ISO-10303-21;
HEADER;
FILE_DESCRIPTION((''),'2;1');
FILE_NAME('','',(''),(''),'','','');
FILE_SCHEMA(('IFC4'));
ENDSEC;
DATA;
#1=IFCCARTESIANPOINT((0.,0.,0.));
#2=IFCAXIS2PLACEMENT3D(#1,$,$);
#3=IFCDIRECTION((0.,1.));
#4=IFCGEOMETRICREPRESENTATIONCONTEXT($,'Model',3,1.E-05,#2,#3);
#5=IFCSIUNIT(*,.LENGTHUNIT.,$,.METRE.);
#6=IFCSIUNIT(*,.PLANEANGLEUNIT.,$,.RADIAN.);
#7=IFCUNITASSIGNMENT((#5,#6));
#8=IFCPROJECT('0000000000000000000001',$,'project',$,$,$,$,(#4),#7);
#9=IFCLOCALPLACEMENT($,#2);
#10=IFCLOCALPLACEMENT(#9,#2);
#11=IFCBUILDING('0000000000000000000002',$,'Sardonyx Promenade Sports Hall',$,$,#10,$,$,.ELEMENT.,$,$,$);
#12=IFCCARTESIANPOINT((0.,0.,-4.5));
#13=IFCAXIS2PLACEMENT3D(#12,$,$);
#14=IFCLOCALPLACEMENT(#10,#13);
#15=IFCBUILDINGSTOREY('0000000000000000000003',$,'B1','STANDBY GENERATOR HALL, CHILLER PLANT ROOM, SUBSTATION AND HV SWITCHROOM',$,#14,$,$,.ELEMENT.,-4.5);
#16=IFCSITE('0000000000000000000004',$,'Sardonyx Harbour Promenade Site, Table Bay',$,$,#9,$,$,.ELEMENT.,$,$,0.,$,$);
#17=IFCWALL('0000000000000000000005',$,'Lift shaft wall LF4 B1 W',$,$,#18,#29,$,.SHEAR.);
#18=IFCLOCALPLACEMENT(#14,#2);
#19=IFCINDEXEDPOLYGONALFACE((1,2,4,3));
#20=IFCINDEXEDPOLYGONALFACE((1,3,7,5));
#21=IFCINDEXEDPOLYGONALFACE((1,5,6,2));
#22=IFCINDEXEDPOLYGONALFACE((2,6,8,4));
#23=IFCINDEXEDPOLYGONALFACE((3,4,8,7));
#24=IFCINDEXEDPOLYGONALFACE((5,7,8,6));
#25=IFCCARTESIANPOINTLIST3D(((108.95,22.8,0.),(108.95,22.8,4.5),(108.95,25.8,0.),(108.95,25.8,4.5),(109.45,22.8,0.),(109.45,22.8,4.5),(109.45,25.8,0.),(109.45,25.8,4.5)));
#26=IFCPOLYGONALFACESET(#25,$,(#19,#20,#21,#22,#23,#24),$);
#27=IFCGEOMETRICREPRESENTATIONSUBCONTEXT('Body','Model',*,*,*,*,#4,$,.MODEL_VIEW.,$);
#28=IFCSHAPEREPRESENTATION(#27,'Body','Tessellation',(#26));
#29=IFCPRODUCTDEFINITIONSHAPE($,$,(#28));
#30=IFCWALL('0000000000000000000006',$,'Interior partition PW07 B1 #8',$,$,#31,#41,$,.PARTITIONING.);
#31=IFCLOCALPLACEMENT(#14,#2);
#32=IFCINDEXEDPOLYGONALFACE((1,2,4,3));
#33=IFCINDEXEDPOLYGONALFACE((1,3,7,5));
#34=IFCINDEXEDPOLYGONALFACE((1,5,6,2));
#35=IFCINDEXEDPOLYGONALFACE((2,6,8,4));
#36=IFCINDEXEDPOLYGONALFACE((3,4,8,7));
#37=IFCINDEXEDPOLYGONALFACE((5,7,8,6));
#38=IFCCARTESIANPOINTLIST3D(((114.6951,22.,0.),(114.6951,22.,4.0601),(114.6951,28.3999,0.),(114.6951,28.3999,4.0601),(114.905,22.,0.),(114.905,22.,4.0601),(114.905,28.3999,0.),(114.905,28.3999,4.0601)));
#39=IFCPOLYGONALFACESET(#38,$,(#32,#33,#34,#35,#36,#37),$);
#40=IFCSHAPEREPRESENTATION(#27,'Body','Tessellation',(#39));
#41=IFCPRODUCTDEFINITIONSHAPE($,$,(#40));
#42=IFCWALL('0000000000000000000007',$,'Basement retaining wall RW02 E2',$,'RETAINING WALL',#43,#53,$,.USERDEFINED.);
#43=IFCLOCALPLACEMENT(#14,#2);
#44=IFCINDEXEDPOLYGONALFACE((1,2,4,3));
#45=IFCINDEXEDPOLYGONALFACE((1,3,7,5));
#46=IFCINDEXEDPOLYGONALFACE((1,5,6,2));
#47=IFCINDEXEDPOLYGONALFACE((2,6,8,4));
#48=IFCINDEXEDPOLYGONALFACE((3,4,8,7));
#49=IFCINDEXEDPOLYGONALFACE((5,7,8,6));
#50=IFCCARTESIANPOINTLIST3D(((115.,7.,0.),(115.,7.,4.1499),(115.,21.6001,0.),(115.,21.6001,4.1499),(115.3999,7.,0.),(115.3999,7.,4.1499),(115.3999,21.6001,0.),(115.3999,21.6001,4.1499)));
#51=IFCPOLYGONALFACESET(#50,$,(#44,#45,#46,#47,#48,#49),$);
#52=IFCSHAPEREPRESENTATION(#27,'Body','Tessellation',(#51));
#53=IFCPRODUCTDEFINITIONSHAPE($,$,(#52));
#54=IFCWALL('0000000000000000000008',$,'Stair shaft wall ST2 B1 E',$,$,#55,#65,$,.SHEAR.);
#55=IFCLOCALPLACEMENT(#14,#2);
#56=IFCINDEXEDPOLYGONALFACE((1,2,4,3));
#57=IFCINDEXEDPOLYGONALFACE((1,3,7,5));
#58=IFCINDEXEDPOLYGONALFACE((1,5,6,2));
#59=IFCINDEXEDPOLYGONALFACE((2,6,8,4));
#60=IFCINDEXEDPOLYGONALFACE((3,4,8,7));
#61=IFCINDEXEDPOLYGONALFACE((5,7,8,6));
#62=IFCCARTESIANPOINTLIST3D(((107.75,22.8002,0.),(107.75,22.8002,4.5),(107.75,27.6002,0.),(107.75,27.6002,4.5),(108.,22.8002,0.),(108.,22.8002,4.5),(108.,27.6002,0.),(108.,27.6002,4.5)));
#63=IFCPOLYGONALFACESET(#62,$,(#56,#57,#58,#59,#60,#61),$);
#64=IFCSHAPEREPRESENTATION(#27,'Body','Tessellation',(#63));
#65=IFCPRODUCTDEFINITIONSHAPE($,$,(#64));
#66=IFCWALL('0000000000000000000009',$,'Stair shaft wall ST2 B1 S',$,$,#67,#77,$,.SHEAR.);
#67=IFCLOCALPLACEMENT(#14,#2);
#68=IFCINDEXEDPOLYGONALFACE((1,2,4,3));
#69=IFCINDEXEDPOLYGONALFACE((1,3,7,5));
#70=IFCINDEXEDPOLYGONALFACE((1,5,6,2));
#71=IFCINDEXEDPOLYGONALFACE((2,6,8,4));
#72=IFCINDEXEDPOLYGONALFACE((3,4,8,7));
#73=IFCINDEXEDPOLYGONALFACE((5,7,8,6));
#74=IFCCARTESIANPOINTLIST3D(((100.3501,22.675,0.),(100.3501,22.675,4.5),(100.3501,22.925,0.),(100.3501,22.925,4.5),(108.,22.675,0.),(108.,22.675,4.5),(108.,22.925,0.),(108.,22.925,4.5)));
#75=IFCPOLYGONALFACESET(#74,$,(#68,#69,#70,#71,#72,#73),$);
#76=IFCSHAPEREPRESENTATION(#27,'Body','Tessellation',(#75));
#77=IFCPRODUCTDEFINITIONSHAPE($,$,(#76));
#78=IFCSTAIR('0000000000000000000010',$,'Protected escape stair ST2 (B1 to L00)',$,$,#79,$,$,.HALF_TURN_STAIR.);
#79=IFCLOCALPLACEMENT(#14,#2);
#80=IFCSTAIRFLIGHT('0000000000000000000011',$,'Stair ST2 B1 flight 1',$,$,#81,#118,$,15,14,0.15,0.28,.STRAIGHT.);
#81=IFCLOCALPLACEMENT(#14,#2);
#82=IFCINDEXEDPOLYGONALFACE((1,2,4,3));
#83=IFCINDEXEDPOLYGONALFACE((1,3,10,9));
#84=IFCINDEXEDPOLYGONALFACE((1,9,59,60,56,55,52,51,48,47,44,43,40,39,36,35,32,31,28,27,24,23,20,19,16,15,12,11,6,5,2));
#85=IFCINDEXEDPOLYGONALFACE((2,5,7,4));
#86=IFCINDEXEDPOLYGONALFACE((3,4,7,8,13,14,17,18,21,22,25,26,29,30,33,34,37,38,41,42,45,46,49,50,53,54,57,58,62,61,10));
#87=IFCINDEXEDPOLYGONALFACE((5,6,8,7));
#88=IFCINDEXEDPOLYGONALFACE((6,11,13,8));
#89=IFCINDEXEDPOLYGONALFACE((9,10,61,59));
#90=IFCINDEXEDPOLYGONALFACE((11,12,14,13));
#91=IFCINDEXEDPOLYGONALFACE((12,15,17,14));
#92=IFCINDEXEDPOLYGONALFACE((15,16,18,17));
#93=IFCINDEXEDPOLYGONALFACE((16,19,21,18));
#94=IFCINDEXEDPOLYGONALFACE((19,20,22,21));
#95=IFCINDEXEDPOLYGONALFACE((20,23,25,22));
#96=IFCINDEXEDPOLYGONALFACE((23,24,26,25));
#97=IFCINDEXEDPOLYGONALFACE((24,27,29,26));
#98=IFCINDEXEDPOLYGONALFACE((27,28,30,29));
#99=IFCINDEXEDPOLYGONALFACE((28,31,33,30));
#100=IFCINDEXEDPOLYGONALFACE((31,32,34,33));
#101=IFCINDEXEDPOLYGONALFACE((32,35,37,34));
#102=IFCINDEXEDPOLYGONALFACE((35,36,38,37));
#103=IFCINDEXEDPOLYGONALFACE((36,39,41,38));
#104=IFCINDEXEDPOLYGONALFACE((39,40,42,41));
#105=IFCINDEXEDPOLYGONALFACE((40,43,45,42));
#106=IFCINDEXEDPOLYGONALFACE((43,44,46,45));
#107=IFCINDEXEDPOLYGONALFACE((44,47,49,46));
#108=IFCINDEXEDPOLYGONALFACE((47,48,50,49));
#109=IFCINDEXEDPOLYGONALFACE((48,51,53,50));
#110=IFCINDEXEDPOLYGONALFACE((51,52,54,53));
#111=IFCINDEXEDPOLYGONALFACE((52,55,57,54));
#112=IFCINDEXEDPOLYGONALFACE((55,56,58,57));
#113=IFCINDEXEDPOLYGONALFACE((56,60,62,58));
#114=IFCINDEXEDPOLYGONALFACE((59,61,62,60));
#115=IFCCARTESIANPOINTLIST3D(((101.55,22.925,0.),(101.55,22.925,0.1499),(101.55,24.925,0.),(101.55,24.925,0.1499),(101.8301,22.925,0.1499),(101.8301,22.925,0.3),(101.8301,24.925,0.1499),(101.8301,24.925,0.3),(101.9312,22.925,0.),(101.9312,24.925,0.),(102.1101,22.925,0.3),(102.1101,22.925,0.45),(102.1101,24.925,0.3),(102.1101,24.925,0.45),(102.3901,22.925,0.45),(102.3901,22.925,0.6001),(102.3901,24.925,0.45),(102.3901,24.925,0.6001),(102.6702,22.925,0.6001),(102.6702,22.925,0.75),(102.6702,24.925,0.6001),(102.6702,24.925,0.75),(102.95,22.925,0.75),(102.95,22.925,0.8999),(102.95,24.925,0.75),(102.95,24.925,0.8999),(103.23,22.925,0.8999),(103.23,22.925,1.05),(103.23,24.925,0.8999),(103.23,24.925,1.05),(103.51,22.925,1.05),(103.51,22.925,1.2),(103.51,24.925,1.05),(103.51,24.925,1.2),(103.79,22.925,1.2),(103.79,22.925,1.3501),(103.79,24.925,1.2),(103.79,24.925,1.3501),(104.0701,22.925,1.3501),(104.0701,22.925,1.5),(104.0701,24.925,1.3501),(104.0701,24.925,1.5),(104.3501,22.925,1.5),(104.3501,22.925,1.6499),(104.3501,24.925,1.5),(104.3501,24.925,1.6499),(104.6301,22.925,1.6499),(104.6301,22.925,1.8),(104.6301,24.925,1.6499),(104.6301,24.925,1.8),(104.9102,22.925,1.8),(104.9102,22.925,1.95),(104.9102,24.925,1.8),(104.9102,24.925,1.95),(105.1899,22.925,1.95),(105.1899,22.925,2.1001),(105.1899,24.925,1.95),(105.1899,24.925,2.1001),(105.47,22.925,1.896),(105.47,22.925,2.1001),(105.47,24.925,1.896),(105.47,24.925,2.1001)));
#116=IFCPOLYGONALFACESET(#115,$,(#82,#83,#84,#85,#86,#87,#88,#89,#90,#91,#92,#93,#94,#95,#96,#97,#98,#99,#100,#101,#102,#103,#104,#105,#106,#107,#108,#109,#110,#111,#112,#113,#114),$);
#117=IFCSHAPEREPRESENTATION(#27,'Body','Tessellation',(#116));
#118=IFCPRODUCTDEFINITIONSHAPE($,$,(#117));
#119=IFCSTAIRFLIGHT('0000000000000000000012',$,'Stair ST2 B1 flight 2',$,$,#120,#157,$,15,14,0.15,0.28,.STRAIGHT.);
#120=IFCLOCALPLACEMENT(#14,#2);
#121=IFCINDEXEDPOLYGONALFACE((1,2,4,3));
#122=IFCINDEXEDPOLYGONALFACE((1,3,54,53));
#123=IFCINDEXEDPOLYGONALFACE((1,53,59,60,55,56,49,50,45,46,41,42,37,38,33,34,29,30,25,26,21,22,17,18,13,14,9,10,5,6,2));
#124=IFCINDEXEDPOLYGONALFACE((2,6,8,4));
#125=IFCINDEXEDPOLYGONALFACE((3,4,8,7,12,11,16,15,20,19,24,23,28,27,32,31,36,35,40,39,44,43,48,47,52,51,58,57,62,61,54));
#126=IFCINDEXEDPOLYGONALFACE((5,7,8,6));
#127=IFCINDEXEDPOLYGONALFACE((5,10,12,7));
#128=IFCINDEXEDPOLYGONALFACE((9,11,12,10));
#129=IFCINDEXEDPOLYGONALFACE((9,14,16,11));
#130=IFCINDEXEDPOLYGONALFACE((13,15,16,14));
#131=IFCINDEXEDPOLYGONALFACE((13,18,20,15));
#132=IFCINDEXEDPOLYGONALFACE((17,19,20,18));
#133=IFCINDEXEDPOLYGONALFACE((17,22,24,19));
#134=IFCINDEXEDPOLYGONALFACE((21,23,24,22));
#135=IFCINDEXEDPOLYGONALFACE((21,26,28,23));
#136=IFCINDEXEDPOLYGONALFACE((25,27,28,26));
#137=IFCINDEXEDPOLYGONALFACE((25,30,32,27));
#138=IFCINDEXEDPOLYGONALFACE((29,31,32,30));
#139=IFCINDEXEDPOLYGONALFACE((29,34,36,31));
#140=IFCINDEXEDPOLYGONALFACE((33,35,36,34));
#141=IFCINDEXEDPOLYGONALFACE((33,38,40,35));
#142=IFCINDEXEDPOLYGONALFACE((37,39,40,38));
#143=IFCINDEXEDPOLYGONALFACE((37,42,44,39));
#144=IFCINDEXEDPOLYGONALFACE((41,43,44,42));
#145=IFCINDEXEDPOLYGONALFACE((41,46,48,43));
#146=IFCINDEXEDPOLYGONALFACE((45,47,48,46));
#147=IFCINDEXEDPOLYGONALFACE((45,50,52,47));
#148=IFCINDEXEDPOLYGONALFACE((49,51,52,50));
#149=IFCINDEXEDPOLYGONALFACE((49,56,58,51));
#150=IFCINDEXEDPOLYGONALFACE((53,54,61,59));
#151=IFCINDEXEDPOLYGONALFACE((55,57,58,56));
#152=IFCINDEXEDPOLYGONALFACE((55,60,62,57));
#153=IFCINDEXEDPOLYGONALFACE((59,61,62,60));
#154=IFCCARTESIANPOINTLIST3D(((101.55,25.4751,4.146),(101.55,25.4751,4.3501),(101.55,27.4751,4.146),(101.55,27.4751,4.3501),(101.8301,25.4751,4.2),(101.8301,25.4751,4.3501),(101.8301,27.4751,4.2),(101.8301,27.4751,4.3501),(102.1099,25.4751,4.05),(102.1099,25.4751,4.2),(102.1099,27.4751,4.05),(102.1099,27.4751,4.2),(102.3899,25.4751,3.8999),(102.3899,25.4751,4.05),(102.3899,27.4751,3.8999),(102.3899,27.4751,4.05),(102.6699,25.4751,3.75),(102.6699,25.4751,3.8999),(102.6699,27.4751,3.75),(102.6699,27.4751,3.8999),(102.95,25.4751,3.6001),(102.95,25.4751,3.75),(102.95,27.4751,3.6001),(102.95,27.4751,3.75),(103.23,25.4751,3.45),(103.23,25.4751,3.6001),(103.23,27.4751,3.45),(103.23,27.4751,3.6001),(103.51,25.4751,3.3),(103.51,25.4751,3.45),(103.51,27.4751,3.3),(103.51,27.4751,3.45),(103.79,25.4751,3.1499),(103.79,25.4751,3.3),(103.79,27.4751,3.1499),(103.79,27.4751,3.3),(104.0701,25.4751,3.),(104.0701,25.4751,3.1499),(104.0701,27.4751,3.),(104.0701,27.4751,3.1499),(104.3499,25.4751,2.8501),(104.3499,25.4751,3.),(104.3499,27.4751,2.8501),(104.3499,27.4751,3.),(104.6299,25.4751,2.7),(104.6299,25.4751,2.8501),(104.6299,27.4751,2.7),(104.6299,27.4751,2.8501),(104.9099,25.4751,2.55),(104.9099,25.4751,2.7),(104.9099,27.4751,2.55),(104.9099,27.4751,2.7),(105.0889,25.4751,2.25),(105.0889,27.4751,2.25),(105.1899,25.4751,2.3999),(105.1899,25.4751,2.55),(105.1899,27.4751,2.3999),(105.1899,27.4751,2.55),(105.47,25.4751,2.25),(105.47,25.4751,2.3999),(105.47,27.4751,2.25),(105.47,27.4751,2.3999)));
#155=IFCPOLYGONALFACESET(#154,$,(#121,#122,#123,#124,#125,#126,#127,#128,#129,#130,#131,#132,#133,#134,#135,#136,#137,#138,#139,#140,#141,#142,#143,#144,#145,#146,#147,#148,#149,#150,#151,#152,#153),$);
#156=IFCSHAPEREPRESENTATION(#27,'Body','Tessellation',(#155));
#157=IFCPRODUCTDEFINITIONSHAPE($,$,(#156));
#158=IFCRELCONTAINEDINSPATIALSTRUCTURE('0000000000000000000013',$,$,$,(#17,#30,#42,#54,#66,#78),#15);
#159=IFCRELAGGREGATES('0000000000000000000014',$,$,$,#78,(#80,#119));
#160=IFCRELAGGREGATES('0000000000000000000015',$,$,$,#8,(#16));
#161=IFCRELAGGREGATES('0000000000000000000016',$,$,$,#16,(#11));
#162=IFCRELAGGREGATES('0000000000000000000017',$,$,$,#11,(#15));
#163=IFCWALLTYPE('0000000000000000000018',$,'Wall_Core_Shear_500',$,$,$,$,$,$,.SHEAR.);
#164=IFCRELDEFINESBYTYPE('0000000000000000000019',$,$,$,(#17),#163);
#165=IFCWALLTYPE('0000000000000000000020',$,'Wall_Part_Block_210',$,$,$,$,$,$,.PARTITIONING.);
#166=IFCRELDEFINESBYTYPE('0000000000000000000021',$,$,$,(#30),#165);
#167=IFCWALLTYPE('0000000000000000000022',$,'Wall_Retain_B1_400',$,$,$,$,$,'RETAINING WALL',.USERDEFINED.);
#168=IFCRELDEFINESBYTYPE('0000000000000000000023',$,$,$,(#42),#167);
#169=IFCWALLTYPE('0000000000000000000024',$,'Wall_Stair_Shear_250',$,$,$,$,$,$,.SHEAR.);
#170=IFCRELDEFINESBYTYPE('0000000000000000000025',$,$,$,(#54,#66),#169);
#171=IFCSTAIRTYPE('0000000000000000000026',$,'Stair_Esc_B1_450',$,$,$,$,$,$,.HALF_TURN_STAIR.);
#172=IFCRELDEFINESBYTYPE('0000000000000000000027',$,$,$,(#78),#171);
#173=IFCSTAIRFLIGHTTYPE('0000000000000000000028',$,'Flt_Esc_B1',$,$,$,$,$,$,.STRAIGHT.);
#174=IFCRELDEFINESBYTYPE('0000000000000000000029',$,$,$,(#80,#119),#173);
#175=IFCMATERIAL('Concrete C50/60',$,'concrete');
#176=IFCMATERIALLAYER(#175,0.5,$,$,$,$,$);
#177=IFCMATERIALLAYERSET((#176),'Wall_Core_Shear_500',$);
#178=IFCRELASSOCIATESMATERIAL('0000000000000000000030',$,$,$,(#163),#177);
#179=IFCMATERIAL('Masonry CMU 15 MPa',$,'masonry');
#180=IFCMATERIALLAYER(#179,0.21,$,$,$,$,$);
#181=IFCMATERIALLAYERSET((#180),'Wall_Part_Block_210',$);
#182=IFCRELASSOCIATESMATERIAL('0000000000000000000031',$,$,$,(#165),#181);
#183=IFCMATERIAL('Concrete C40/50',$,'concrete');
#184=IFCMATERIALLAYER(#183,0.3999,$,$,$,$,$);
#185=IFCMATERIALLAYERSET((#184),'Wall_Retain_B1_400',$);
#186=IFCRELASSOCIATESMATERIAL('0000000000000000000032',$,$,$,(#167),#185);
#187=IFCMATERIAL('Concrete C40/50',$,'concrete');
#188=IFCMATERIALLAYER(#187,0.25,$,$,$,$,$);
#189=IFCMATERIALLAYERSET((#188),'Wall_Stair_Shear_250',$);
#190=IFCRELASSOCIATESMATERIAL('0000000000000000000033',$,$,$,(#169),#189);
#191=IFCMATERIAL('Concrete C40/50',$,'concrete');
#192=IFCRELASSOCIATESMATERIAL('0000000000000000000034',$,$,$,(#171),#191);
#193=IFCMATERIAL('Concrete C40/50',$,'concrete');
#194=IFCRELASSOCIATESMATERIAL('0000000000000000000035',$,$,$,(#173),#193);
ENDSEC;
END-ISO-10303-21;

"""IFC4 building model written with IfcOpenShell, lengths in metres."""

from ifc_helpers import new_model, si_unit, direction, frame, frame_2d, origin, place, context, subcontext, project, spatial, polyline, rectangle, outline, extrude, material, layer, layer_set, type_object, element, aggregate, save


model = new_model("IFC4")

# Units and contexts
model_context = context("Model", 3, precision=1e-05, world=origin(), true_north=direction((0.0, 1.0)))
body_context = subcontext(model_context, "Body", "Model", "MODEL_VIEW")
ifc_project = project(units=[si_unit("LENGTHUNIT", "METRE"), si_unit("PLANEANGLEUNIT", "RADIAN")], contexts=[model_context])

# Site, building, storey
site_placement = place(None, origin())
site = spatial("IfcSite", under=ifc_project, at=site_placement, Name="Sardonyx Harbour Promenade Site, Table Bay", CompositionType="ELEMENT", RefElevation=0.0)
building_placement = place(site_placement, origin())
building = spatial("IfcBuilding", under=site, at=building_placement, Name="Sardonyx Promenade Sports Hall", CompositionType="ELEMENT")
storey_placement = place(building_placement, frame((0.0, 0.0, -4.5)))
storey = spatial("IfcBuildingStorey", under=building, at=storey_placement, Name="B1", Description="STANDBY GENERATOR HALL, CHILLER PLANT ROOM, SUBSTATION AND HV SWITCHROOM", CompositionType="ELEMENT", Elevation=-4.5)

# Walls
ifc_material_1 = material(Name="Concrete C50/60", Category="concrete")
ifc_layer_1 = layer(ifc_material_1, 0.5)
ifc_layer_set_1 = layer_set([ifc_layer_1], Name="Wall_Core_Shear_500")
wall_type_1 = type_object("IfcWallType", Name="Wall_Core_Shear_500", PredefinedType="SHEAR", material=ifc_layer_set_1)
wall_1_placement = place(storey_placement, frame((109.2, 25.8, 0.0), z_axis=(0.0, 0.0, 1.0), x_axis=(0.0, -1.0, 0.0)))
element("IfcWall", 1, at=wall_1_placement, inside=storey, type_object=wall_type_1, Name="Lift shaft wall LF4 B1 W", PredefinedType="SHEAR", context=body_context, shape_type="SweptSolid", body=[
    extrude(rectangle(XDim=3.0, YDim=0.5, at=frame_2d((1.5, 0.0))), origin(), (0.0, 0.0, 1.0), 4.5),
])
ifc_material_2 = material(Name="Masonry CMU 15 MPa", Category="masonry")
ifc_layer_2 = layer(ifc_material_2, 0.21)
ifc_layer_set_2 = layer_set([ifc_layer_2], Name="Wall_Part_Block_210")
wall_type_2 = type_object("IfcWallType", Name="Wall_Part_Block_210", PredefinedType="PARTITIONING", material=ifc_layer_set_2)
wall_2_placement = place(storey_placement, frame((114.8, 22.0, 0.0), z_axis=(0.0, 0.0, 1.0), x_axis=(0.0, 1.0, 0.0)))
element("IfcWall", 2, at=wall_2_placement, inside=storey, type_object=wall_type_2, Name="Interior partition PW07 B1 #8", PredefinedType="PARTITIONING", context=body_context, shape_type="SweptSolid", body=[
    extrude(rectangle(XDim=6.3999, YDim=0.21, at=frame_2d((3.2, 0.0))), origin(), (0.0, 0.0, 1.0), 4.0601),
])
ifc_material_3 = material(Name="Concrete C40/50", Category="concrete")
ifc_layer_3 = layer(ifc_material_3, 0.3999)
ifc_layer_set_3 = layer_set([ifc_layer_3], Name="Wall_Retain_B1_400")
wall_type_3 = type_object("IfcWallType", Name="Wall_Retain_B1_400", ElementType="RETAINING WALL", PredefinedType="USERDEFINED", material=ifc_layer_set_3)
wall_3_placement = place(storey_placement, frame((115.2, 21.6001, 0.0), z_axis=(0.0, 0.0, 1.0), x_axis=(0.0, -1.0, 0.0)))
element("IfcWall", 3, at=wall_3_placement, inside=storey, type_object=wall_type_3, Name="Basement retaining wall RW02 E2", ObjectType="RETAINING WALL", PredefinedType="USERDEFINED", context=body_context, shape_type="SweptSolid", body=[
    extrude(rectangle(XDim=14.6001, YDim=0.3999, at=frame_2d((7.3, 0.0))), origin(), (0.0, 0.0, 1.0), 4.1499),
])
ifc_material_4 = material(Name="Concrete C40/50", Category="concrete")
ifc_layer_4 = layer(ifc_material_4, 0.25)
ifc_layer_set_4 = layer_set([ifc_layer_4], Name="Wall_Stair_Shear_250")
wall_type_4 = type_object("IfcWallType", Name="Wall_Stair_Shear_250", PredefinedType="SHEAR", material=ifc_layer_set_4)
wall_4_placement = place(storey_placement, frame((107.875, 27.6001, 0.0), z_axis=(0.0, 0.0, 1.0), x_axis=(0.0, -1.0, 0.0)))
element("IfcWall", 4, at=wall_4_placement, inside=storey, type_object=wall_type_4, Name="Stair shaft wall ST2 B1 E", PredefinedType="SHEAR", context=body_context, shape_type="SweptSolid", body=[
    extrude(rectangle(XDim=4.8, YDim=0.25, at=frame_2d((2.3999, 0.0))), origin(), (0.0, 0.0, 1.0), 4.5),
])
wall_5_placement = place(storey_placement, frame((108.0, 22.8, 0.0), z_axis=(0.0, 0.0, 1.0), x_axis=(-1.0, 0.0, 0.0)))
element("IfcWall", 5, at=wall_5_placement, inside=storey, type_object=wall_type_4, Name="Stair shaft wall ST2 B1 S", PredefinedType="SHEAR", context=body_context, shape_type="SweptSolid", body=[
    extrude(rectangle(XDim=7.6499, YDim=0.25, at=frame_2d((3.825, 0.0))), origin(), (0.0, 0.0, 1.0), 4.5),
])

# Stair, stair flights
ifc_material_5 = material(Name="Concrete C40/50", Category="concrete")
stair_type = type_object("IfcStairType", Name="Stair_Esc_B1_450", PredefinedType="HALF_TURN_STAIR", material=ifc_material_5)
stair_placement = place(storey_placement, origin())
stair = element("IfcStair", 6, at=stair_placement, inside=storey, type_object=stair_type, Name="Protected escape stair ST2 (B1 to L00)", PredefinedType="HALF_TURN_STAIR")
ifc_material_6 = material(Name="Concrete C40/50", Category="concrete")
stair_flight_type = type_object("IfcStairFlightType", Name="Flt_Esc_B1", PredefinedType="STRAIGHT", material=ifc_material_6)
stair_flight_1_placement = place(storey_placement, frame((101.55, 23.925, 0.0), z_axis=(0.0, 0.0, 1.0), x_axis=(1.0, 0.0, 0.0)))
stair_flight_1 = element("IfcStairFlight", 7, at=stair_flight_1_placement, type_object=stair_flight_type, Name="Stair ST2 B1 flight 1", NumberOfRisers=15, NumberOfTreads=14, PredefinedType="STRAIGHT", RiserHeight=0.15, TreadLength=0.28, context=body_context, shape_type="SweptSolid", body=[
    extrude(outline(polyline([(0.0, 0.0), (0.0, 0.1499), (0.28, 0.1499), (0.28, 0.3), (0.5601, 0.3), (0.5601, 0.45), (0.8401, 0.45), (0.8401, 0.6001), (1.1201, 0.6001), (1.1201, 0.75), (1.3999, 0.75), (1.3999, 0.8999), (1.6799, 0.8999), (1.6799, 1.05), (1.96, 1.05), (1.96, 1.2), (2.24, 1.2), (2.24, 1.3501), (2.52, 1.3501), (2.52, 1.5), (2.8, 1.5), (2.8, 1.6499), (3.0801, 1.6499), (3.0801, 1.8), (3.3601, 1.8), (3.3601, 1.95), (3.6399, 1.95), (3.6399, 2.1001), (3.9199, 2.1001), (3.9199, 2.25), (3.9199, 1.896), (0.3811, 0.0), (0.0, 0.0)])), frame((0.0, 1.0, 0.0), z_axis=(0.0, -1.0, 0.0), x_axis=(1.0, 0.0, 0.0)), (0.0, 0.0, 1.0), 2.0),
])
stair_flight_2_placement = place(storey_placement, frame((105.47, 26.4751, 2.25), z_axis=(0.0, 0.0, 1.0), x_axis=(-1.0, 0.0, 0.0)))
stair_flight_2 = element("IfcStairFlight", 8, at=stair_flight_2_placement, type_object=stair_flight_type, Name="Stair ST2 B1 flight 2", NumberOfRisers=15, NumberOfTreads=14, PredefinedType="STRAIGHT", RiserHeight=0.15, TreadLength=0.28, context=body_context, shape_type="SweptSolid", body=[
    extrude(outline(polyline([(0.0, 0.0), (0.0, 0.1499), (0.28, 0.1499), (0.28, 0.3), (0.5601, 0.3), (0.5601, 0.45), (0.8401, 0.45), (0.8401, 0.6001), (1.1201, 0.6001), (1.1201, 0.75), (1.3999, 0.75), (1.3999, 0.8999), (1.6799, 0.8999), (1.6799, 1.05), (1.96, 1.05), (1.96, 1.2), (2.24, 1.2), (2.24, 1.3501), (2.52, 1.3501), (2.52, 1.5), (2.8, 1.5), (2.8, 1.6499), (3.0801, 1.6499), (3.0801, 1.8), (3.3601, 1.8), (3.3601, 1.95), (3.6399, 1.95), (3.6399, 2.1001), (3.9199, 2.1001), (3.9199, 2.25), (3.9199, 1.896), (0.3811, 0.0), (0.0, 0.0)])), frame((0.0, 1.0, 0.0), z_axis=(0.0, -1.0, 0.0), x_axis=(1.0, 0.0, 0.0)), (0.0, 0.0, 1.0), 2.0),
])
aggregate(stair, [stair_flight_1, stair_flight_2])

save(model, "model.ifc")
